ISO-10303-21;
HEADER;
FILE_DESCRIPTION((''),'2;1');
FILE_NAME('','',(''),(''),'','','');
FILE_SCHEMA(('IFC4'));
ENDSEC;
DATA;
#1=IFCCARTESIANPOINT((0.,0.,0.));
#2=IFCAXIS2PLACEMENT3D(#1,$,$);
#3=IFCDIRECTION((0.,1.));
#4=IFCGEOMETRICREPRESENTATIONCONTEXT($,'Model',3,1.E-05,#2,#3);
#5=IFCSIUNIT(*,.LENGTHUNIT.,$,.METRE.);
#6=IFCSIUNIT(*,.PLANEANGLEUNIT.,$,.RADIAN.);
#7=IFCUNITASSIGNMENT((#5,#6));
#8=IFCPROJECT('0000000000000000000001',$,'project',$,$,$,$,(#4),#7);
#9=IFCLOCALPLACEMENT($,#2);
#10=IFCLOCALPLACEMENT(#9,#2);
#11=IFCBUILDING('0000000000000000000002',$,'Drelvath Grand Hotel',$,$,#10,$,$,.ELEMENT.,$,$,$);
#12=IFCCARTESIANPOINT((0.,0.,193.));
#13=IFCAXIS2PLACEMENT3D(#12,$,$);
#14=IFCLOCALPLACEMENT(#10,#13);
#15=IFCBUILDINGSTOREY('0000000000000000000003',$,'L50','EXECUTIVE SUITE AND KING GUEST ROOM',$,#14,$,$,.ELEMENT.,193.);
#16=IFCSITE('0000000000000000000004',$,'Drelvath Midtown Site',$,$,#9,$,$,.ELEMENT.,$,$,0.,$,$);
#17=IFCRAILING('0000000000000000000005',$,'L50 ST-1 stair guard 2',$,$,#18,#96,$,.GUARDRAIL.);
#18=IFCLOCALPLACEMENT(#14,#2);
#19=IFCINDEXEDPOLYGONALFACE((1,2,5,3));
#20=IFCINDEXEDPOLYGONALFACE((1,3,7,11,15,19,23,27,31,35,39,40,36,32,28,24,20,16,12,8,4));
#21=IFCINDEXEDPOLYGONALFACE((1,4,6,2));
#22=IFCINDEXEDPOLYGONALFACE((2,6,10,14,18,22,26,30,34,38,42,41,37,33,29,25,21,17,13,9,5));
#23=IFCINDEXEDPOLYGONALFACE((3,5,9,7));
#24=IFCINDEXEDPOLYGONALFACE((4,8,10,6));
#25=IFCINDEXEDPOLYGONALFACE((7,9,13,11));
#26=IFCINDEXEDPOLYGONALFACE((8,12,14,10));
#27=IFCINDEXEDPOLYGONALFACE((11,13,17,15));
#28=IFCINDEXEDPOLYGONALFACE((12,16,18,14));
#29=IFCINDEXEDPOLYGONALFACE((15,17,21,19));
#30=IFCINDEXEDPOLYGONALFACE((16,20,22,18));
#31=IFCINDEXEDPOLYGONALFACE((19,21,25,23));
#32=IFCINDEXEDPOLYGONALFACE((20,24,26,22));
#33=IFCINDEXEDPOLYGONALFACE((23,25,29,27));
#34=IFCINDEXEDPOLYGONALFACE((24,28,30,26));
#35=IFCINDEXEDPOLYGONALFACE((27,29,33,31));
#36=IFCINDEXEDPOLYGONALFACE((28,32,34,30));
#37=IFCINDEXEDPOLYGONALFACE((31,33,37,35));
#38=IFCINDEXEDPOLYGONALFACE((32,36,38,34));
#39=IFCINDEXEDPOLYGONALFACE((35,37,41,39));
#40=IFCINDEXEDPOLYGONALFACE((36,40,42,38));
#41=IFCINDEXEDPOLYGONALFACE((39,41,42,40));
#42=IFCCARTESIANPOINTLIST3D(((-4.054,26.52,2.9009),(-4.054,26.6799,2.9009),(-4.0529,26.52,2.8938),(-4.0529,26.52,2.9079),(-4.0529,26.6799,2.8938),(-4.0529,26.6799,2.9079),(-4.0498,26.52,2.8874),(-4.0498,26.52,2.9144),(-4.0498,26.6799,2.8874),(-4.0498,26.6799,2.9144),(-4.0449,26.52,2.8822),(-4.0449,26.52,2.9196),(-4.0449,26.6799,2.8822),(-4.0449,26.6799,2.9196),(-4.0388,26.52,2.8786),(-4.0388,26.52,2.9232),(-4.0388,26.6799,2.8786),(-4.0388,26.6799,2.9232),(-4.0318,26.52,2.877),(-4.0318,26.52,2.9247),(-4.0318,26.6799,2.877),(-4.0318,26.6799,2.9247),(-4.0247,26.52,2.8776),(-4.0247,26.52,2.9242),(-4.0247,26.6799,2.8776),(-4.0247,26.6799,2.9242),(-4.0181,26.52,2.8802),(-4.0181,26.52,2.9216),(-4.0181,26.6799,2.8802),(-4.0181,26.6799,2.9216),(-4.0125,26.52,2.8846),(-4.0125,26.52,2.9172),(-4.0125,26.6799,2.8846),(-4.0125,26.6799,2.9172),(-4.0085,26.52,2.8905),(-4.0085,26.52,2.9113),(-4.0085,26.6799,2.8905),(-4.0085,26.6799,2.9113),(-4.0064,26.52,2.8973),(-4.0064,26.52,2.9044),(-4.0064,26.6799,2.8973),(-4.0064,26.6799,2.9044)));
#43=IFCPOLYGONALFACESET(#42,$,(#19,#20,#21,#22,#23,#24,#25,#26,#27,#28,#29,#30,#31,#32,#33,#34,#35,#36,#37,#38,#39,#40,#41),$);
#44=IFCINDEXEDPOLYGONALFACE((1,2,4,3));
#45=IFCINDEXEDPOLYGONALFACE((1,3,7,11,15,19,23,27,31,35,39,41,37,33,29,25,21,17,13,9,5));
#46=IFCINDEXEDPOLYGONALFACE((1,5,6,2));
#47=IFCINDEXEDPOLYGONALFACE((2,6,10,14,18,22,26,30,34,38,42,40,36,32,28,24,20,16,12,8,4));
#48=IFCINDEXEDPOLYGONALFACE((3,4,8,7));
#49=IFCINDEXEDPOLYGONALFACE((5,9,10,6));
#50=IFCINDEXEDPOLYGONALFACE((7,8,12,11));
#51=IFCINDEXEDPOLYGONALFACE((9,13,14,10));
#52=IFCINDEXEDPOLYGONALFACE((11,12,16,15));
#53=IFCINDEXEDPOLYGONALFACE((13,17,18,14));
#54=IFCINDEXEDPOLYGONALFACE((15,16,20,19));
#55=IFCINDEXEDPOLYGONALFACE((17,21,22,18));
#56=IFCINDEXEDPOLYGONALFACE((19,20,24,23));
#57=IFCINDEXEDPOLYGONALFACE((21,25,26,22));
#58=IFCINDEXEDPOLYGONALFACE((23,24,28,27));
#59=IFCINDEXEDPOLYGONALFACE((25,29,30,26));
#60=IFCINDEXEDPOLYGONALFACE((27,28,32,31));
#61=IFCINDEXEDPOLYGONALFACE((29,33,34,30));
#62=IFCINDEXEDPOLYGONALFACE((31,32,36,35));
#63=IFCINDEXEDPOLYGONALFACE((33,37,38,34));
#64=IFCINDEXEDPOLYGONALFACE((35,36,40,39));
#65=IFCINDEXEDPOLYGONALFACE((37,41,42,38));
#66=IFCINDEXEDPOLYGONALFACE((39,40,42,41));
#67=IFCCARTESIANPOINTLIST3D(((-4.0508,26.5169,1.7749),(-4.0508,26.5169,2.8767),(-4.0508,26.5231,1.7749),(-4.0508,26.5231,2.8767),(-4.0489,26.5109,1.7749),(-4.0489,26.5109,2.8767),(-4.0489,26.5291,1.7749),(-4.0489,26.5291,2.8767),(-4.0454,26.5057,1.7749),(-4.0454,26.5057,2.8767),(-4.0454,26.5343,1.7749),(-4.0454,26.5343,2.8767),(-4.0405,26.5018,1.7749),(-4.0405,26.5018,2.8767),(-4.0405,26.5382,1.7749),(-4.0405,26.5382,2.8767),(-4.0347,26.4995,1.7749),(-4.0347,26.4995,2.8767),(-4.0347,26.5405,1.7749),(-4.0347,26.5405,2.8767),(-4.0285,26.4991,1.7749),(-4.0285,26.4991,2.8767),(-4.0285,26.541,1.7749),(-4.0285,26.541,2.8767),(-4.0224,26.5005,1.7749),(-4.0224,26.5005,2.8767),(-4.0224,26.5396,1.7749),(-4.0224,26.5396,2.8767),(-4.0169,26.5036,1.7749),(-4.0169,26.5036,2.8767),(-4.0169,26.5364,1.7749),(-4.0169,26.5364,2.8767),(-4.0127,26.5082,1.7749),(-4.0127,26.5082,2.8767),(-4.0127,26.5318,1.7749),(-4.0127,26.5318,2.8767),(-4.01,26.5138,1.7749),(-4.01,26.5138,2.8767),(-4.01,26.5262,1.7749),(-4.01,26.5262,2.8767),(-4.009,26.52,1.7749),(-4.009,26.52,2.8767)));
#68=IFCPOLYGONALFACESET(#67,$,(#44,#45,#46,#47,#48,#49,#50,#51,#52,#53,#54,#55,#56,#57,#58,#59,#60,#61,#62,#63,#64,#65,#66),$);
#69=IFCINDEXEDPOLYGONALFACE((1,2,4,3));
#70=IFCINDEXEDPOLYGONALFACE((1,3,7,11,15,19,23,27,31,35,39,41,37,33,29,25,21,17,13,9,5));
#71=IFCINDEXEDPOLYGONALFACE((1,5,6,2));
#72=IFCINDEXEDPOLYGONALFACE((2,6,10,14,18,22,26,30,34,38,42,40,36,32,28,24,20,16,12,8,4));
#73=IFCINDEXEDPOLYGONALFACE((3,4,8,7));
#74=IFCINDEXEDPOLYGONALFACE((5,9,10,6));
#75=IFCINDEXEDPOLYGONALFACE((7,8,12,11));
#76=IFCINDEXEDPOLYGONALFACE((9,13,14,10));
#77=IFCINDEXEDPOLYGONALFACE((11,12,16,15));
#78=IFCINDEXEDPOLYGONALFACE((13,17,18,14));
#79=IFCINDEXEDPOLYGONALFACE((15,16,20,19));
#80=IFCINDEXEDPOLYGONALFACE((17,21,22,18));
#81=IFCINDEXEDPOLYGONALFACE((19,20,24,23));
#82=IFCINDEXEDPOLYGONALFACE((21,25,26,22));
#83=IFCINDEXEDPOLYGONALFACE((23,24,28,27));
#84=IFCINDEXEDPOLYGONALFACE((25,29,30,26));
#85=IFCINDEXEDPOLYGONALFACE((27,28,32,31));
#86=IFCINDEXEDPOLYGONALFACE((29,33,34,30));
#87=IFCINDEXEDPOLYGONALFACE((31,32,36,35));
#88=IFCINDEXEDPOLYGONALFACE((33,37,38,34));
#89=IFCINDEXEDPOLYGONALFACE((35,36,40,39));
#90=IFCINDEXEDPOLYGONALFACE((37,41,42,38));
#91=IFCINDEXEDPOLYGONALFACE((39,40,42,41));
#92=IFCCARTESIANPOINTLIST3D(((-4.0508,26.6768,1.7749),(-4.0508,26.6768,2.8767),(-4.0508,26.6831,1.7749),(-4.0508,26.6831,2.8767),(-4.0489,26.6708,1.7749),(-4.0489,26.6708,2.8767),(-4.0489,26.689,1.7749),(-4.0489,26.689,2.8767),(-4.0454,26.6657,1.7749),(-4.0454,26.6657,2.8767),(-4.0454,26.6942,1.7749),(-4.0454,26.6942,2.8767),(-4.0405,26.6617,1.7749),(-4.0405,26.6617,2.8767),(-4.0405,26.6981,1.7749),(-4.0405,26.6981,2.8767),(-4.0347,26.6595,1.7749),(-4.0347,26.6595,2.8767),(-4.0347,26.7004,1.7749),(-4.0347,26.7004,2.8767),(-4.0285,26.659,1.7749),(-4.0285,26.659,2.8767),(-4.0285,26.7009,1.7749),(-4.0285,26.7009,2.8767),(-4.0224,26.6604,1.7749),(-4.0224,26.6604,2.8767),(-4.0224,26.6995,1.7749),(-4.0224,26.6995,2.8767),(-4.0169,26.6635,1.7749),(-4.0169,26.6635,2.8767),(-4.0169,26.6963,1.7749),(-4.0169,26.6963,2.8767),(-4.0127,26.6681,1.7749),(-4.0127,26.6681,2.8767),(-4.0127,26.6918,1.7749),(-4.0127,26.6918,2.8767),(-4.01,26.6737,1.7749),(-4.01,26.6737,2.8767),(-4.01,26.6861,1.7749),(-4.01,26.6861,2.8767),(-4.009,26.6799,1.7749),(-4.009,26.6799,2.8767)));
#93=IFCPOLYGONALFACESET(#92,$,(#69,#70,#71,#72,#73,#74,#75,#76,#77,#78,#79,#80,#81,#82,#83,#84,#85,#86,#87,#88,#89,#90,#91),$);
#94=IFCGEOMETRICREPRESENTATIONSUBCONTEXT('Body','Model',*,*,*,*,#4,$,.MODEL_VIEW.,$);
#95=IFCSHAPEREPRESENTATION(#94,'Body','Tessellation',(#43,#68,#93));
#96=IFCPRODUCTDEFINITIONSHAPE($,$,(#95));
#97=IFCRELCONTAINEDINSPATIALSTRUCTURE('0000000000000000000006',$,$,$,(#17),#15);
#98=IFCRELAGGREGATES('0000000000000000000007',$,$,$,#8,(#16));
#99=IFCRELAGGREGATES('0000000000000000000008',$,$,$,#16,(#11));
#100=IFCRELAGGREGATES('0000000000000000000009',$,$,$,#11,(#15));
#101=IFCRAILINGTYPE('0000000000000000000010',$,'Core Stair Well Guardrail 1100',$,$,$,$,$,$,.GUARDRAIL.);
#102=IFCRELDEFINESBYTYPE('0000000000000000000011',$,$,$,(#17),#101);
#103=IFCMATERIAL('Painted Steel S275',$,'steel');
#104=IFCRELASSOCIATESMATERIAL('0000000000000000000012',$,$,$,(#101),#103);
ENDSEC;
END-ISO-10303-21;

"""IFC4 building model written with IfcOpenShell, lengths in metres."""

from ifc_helpers import new_model, si_unit, direction, frame, origin, origin_2d, place, context, subcontext, project, spatial, circle, extrude, material, type_object, element, save


model = new_model("IFC4")

# Units and contexts
model_context = context("Model", 3, precision=1e-05, world=origin(), true_north=direction((0.0, 1.0)))
body_context = subcontext(model_context, "Body", "Model", "MODEL_VIEW")
ifc_project = project(units=[si_unit("LENGTHUNIT", "METRE"), si_unit("PLANEANGLEUNIT", "RADIAN")], contexts=[model_context])

# Site, building, storey
site_placement = place(None, origin())
site = spatial("IfcSite", under=ifc_project, at=site_placement, Name="Drelvath Midtown Site", CompositionType="ELEMENT", RefElevation=0.0)
building_placement = place(site_placement, origin())
building = spatial("IfcBuilding", under=site, at=building_placement, Name="Drelvath Grand Hotel", CompositionType="ELEMENT")
storey_placement = place(building_placement, frame((0.0, 0.0, 193.0)))
storey = spatial("IfcBuildingStorey", under=building, at=storey_placement, Name="L50", Description="EXECUTIVE SUITE AND KING GUEST ROOM", CompositionType="ELEMENT", Elevation=193.0)

# Shared definitions
ifc_material_1 = material(Name="Painted Steel S275", Category="steel")

# Railing
railing_type_1 = type_object("IfcRailingType", Name="Core Stair Well Guardrail 1100", PredefinedType="GUARDRAIL", material=ifc_material_1)
railing_1_placement = place(storey_placement, frame((-4.03, 26.52, 1.7749)))
element("IfcRailing", 1, at=railing_1_placement, inside=storey, type_object=railing_type_1, Name="L50 ST-1 stair guard 2", PredefinedType="GUARDRAIL", context=body_context, shape_type="SweptSolid", body=[
    extrude(circle(Radius=0.0239, at=origin_2d()), frame((0.0, 0.0, 1.126), z_axis=(0.0, 1.0, 0.0), x_axis=(-1.0, 0.0, 0.0)), (0.0, 0.0, 1.0), 0.1599),
    extrude(circle(Radius=0.021, at=origin_2d()), origin(), (0.0, 0.0, 1.0), 1.1018),
    extrude(circle(Radius=0.021, at=origin_2d()), frame((0.0, 0.1599, 0.0)), (0.0, 0.0, 1.0), 1.1018),
])

save(model, "model.ifc")
